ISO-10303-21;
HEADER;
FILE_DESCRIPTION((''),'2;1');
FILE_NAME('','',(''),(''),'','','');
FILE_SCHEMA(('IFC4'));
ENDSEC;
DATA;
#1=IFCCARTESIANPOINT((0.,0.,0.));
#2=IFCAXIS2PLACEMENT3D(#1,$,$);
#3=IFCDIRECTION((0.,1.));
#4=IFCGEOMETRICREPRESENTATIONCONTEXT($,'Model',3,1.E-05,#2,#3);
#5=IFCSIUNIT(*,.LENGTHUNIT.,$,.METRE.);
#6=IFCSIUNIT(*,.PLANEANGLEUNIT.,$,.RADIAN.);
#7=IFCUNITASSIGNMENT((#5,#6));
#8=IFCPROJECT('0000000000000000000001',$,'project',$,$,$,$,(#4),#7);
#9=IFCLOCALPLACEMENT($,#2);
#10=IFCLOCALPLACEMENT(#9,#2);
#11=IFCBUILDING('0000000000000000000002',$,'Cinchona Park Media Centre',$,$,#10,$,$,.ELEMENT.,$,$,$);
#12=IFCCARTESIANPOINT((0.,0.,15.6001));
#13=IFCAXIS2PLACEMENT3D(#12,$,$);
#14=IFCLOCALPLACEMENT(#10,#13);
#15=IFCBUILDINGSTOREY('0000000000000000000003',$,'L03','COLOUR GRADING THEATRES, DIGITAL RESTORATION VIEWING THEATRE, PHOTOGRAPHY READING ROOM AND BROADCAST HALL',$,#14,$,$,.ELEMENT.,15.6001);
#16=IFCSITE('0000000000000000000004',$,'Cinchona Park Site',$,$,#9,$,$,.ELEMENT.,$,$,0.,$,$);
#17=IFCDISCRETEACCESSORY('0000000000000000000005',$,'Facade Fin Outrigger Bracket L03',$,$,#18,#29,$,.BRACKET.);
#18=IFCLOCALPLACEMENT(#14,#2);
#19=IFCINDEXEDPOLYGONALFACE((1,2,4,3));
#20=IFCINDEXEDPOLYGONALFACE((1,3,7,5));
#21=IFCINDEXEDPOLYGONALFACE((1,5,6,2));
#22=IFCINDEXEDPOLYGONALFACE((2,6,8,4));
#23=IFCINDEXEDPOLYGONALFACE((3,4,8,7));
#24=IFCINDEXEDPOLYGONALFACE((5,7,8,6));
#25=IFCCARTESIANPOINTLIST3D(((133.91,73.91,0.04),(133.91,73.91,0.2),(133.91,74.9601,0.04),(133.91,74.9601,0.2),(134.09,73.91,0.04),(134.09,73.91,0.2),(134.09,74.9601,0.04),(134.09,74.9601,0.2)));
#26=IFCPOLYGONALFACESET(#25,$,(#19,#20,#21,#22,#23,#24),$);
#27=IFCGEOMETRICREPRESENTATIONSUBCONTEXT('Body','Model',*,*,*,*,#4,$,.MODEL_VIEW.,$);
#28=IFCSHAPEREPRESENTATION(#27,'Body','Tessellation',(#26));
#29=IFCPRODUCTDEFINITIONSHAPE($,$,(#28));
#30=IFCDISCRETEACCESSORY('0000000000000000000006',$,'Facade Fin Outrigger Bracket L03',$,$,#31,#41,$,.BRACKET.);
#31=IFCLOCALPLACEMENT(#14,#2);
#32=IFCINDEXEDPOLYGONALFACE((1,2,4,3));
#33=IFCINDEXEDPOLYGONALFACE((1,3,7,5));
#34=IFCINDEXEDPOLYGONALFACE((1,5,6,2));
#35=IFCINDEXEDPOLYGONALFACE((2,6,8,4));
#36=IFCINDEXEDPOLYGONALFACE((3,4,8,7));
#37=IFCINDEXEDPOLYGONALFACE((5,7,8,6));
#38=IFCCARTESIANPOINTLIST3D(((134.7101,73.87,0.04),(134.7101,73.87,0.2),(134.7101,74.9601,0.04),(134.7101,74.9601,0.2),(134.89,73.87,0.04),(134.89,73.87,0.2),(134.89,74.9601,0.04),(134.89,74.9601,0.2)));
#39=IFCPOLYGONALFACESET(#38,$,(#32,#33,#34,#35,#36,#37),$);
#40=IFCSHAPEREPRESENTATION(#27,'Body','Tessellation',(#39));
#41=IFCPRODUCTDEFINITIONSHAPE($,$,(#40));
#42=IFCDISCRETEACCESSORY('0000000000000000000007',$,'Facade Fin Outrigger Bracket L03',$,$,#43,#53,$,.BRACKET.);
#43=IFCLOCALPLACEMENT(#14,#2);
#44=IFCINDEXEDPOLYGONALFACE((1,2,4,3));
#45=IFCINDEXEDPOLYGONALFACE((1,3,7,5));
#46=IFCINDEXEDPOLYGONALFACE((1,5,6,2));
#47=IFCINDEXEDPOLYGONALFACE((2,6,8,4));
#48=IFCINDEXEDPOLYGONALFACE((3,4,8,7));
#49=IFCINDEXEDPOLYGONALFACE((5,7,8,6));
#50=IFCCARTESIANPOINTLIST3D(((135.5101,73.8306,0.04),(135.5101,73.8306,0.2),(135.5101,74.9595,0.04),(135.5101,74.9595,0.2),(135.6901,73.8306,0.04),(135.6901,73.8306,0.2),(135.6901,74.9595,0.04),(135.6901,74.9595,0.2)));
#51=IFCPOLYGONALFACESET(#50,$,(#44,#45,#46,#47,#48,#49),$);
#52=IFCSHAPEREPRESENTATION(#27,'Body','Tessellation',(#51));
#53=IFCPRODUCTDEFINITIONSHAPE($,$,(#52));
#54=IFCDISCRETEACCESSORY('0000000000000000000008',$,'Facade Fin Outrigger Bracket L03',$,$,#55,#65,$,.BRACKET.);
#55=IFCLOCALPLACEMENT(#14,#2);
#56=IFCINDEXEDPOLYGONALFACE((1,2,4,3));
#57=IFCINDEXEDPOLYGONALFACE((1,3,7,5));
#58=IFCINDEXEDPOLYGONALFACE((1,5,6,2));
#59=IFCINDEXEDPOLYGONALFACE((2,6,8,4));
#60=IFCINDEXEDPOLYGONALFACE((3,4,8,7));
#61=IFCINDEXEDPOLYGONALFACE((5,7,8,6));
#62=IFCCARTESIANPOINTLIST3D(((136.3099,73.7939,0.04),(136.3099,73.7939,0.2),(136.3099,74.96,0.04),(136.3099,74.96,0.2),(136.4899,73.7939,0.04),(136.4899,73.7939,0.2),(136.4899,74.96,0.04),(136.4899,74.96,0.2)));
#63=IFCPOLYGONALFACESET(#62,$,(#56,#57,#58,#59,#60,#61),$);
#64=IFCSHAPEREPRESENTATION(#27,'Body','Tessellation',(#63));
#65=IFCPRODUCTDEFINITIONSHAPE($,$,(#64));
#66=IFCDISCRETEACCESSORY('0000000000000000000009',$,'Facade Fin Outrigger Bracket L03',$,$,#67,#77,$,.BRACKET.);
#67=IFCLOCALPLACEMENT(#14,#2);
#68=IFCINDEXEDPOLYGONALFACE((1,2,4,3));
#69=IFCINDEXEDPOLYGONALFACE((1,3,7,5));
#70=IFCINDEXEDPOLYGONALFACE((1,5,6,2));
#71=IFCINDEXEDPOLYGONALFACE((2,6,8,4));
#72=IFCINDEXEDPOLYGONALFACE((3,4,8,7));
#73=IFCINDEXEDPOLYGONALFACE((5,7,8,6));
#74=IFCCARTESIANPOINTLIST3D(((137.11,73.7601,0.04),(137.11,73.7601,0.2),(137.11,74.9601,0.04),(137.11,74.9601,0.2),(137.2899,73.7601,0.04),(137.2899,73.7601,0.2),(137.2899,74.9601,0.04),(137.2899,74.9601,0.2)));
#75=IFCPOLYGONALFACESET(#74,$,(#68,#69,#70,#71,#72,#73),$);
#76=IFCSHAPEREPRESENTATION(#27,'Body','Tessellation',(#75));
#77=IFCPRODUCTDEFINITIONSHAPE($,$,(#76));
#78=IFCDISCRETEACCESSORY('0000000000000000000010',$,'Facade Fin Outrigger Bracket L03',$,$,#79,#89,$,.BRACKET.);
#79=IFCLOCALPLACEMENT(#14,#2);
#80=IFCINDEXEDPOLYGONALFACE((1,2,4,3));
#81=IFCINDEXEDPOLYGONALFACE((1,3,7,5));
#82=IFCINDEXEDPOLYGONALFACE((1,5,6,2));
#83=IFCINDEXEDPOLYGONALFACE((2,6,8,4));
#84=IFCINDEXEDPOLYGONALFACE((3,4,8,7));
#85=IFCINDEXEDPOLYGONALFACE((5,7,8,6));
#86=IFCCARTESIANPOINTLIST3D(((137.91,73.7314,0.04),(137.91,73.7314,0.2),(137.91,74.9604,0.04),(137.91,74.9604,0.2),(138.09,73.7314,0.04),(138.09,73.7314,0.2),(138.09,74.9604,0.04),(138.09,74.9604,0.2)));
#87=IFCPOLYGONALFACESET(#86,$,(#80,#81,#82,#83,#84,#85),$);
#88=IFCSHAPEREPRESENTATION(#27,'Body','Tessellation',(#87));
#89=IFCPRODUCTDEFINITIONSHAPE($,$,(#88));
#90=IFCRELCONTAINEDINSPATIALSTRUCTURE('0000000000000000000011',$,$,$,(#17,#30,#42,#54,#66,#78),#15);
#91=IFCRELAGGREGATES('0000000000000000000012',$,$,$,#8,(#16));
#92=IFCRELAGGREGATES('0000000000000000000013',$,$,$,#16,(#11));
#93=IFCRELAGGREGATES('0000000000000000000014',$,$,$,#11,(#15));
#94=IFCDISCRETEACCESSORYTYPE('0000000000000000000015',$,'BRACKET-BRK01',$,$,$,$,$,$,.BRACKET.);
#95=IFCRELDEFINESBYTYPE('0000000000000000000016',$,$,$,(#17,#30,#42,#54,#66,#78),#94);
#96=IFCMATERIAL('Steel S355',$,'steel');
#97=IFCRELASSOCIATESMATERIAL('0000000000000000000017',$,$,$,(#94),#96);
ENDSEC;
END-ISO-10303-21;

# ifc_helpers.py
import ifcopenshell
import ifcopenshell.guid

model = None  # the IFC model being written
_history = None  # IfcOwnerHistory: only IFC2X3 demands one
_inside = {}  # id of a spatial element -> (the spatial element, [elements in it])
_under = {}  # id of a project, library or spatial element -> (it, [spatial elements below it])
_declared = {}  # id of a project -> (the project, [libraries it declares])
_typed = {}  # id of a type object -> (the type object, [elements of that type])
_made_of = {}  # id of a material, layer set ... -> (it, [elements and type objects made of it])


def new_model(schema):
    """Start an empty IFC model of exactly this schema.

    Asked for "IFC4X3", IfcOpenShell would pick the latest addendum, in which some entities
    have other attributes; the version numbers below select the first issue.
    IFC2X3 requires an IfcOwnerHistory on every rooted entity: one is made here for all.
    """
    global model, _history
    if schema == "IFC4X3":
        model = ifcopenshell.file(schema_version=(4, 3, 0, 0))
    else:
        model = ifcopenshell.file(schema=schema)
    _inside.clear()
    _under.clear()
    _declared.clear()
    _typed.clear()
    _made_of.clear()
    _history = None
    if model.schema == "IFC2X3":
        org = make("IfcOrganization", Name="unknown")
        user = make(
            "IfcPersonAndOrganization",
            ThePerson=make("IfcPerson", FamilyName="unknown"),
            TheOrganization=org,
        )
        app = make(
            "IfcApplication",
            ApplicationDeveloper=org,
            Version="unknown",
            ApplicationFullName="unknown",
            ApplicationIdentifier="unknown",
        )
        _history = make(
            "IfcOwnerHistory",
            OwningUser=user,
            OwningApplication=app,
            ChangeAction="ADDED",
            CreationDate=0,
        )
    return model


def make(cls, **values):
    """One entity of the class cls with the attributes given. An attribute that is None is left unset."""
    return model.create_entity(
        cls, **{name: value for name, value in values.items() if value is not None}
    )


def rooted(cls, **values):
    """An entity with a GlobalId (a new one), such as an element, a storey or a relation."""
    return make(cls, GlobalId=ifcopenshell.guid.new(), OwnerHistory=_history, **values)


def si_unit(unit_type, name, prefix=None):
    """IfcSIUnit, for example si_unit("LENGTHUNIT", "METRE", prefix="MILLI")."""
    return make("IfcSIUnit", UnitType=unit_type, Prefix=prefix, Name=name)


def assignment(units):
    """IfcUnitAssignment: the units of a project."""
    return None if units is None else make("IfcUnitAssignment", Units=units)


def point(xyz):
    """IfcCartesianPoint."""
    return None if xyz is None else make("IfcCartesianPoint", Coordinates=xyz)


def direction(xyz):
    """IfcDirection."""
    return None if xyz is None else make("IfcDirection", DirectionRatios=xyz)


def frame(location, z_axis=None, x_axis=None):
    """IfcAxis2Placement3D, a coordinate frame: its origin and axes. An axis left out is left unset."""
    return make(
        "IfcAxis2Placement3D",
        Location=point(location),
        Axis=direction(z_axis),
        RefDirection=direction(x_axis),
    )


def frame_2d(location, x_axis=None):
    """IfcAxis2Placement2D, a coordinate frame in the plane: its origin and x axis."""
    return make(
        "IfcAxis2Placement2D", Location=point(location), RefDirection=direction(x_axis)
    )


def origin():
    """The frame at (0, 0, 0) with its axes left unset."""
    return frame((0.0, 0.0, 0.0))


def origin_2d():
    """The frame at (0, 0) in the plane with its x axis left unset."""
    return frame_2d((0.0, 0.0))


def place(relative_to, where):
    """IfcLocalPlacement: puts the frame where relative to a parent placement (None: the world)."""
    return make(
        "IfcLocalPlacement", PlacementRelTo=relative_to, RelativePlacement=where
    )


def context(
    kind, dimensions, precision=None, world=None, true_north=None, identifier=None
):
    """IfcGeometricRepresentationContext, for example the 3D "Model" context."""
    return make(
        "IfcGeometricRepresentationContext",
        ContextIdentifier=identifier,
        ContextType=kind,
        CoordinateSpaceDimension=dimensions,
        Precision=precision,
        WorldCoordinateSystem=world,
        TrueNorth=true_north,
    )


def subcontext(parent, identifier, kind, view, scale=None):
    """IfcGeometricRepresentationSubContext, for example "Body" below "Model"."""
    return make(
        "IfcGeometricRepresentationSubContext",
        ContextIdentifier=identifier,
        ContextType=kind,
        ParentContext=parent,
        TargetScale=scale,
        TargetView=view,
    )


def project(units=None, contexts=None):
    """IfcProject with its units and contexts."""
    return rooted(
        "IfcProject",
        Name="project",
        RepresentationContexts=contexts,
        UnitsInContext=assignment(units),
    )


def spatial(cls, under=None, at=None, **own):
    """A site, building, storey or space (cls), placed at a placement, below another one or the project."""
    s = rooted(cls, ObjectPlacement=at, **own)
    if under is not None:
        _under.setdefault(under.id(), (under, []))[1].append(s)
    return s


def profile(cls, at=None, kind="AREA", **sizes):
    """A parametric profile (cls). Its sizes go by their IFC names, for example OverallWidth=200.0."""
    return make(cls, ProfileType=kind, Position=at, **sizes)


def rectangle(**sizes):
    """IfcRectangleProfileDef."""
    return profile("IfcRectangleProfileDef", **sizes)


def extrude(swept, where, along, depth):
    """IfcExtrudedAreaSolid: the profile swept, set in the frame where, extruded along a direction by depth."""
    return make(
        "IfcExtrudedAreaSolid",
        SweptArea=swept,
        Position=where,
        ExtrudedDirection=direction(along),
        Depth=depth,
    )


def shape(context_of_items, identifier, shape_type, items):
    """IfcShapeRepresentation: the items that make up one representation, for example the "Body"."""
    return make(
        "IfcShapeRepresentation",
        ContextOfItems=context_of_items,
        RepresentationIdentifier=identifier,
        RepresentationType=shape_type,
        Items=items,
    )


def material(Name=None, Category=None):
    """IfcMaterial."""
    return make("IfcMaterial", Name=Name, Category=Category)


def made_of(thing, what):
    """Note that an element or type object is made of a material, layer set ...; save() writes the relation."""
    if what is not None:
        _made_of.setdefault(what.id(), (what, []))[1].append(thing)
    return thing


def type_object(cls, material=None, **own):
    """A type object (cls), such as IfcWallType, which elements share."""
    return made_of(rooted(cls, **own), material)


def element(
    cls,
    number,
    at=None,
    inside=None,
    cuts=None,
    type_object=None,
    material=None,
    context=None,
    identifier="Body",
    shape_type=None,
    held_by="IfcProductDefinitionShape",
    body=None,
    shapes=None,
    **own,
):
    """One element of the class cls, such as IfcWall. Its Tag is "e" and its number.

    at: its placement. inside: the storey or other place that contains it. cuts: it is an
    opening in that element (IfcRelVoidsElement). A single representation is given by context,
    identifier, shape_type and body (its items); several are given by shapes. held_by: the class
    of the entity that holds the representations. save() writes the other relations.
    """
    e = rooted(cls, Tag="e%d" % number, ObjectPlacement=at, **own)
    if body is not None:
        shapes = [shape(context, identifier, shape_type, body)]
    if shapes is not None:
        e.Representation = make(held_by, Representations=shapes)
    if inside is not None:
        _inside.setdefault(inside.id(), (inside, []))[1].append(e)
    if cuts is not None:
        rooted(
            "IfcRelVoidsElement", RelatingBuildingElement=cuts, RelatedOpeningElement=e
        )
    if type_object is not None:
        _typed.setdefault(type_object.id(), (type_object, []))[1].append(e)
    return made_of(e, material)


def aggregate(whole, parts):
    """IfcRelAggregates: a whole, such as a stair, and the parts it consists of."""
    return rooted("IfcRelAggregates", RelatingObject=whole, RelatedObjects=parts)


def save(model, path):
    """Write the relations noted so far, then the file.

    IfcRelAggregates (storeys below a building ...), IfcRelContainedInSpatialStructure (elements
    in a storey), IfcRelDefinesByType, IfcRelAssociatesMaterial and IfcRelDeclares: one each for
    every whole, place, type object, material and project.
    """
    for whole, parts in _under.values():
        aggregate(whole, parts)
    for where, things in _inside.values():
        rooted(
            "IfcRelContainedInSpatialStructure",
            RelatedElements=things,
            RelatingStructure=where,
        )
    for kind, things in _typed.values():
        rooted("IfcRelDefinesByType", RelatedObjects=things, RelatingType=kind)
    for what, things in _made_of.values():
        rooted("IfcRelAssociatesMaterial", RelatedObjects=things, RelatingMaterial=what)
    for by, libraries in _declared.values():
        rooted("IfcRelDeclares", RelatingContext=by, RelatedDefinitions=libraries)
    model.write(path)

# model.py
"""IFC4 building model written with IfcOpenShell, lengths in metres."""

from ifc_helpers import new_model, si_unit, direction, frame, origin, origin_2d, place, context, subcontext, project, spatial, rectangle, extrude, material, type_object, element, save


model = new_model("IFC4")

# Units and contexts
model_context = context("Model", 3, precision=1e-05, world=origin(), true_north=direction((0.0, 1.0)))
body_context = subcontext(model_context, "Body", "Model", "MODEL_VIEW")
ifc_project = project(units=[si_unit("LENGTHUNIT", "METRE"), si_unit("PLANEANGLEUNIT", "RADIAN")], contexts=[model_context])

# Site, building, storey
site_placement = place(None, origin())
site = spatial("IfcSite", under=ifc_project, at=site_placement, Name="Cinchona Park Site", CompositionType="ELEMENT", RefElevation=0.0)
building_placement = place(site_placement, origin())
building = spatial("IfcBuilding", under=site, at=building_placement, Name="Cinchona Park Media Centre", CompositionType="ELEMENT")
storey_placement = place(building_placement, frame((0.0, 0.0, 15.6001)))
storey = spatial("IfcBuildingStorey", under=building, at=storey_placement, Name="L03", Description="COLOUR GRADING THEATRES, DIGITAL RESTORATION VIEWING THEATRE, PHOTOGRAPHY READING ROOM AND BROADCAST HALL", CompositionType="ELEMENT", Elevation=15.6001)

# Discrete accessories
ifc_material_1 = material(Name="Steel S355", Category="steel")
discrete_accessory_type = type_object("IfcDiscreteAccessoryType", Name="BRACKET-BRK01", PredefinedType="BRACKET", material=ifc_material_1)
discrete_accessory_1_placement = place(storey_placement, frame((134.0, 74.4351, 0.04), z_axis=(0.0, 0.0, 1.0), x_axis=(1.0, 0.0, 0.0)))
element("IfcDiscreteAccessory", 1, at=discrete_accessory_1_placement, inside=storey, type_object=discrete_accessory_type, Name="Facade Fin Outrigger Bracket L03", PredefinedType="BRACKET", context=body_context, shape_type="SweptSolid", body=[
    extrude(rectangle(XDim=0.1799, YDim=1.05, at=origin_2d()), origin(), (0.0, 0.0, 1.0), 0.1599),
])
discrete_accessory_2_placement = place(storey_placement, frame((134.8, 74.415, 0.04), z_axis=(0.0, 0.0, 1.0), x_axis=(1.0, 0.0, 0.0)))
element("IfcDiscreteAccessory", 2, at=discrete_accessory_2_placement, inside=storey, type_object=discrete_accessory_type, Name="Facade Fin Outrigger Bracket L03", PredefinedType="BRACKET", context=body_context, shape_type="SweptSolid", body=[
    extrude(rectangle(XDim=0.1799, YDim=1.0901, at=origin_2d()), origin(), (0.0, 0.0, 1.0), 0.1599),
])
discrete_accessory_3_placement = place(storey_placement, frame((135.6001, 74.395, 0.04), z_axis=(0.0, 0.0, 1.0), x_axis=(1.0, 0.0, 0.0)))
element("IfcDiscreteAccessory", 3, at=discrete_accessory_3_placement, inside=storey, type_object=discrete_accessory_type, Name="Facade Fin Outrigger Bracket L03", PredefinedType="BRACKET", context=body_context, shape_type="SweptSolid", body=[
    extrude(rectangle(XDim=0.1799, YDim=1.1289, at=origin_2d()), origin(), (0.0, 0.0, 1.0), 0.1599),
])
discrete_accessory_4_placement = place(storey_placement, frame((136.3999, 74.377, 0.04), z_axis=(0.0, 0.0, 1.0), x_axis=(1.0, 0.0, 0.0)))
element("IfcDiscreteAccessory", 4, at=discrete_accessory_4_placement, inside=storey, type_object=discrete_accessory_type, Name="Facade Fin Outrigger Bracket L03", PredefinedType="BRACKET", context=body_context, shape_type="SweptSolid", body=[
    extrude(rectangle(XDim=0.1799, YDim=1.166, at=origin_2d()), origin(), (0.0, 0.0, 1.0), 0.1599),
])
discrete_accessory_5_placement = place(storey_placement, frame((137.2, 74.3601, 0.04), z_axis=(0.0, 0.0, 1.0), x_axis=(1.0, 0.0, 0.0)))
element("IfcDiscreteAccessory", 5, at=discrete_accessory_5_placement, inside=storey, type_object=discrete_accessory_type, Name="Facade Fin Outrigger Bracket L03", PredefinedType="BRACKET", context=body_context, shape_type="SweptSolid", body=[
    extrude(rectangle(XDim=0.1799, YDim=1.2, at=origin_2d()), origin(), (0.0, 0.0, 1.0), 0.1599),
])
discrete_accessory_6_placement = place(storey_placement, frame((138.0, 74.3459, 0.04), z_axis=(0.0, 0.0, 1.0), x_axis=(1.0, 0.0, 0.0)))
element("IfcDiscreteAccessory", 6, at=discrete_accessory_6_placement, inside=storey, type_object=discrete_accessory_type, Name="Facade Fin Outrigger Bracket L03", PredefinedType="BRACKET", context=body_context, shape_type="SweptSolid", body=[
    extrude(rectangle(XDim=0.1799, YDim=1.229, at=origin_2d()), origin(), (0.0, 0.0, 1.0), 0.1599),
])

save(model, "model.ifc")
